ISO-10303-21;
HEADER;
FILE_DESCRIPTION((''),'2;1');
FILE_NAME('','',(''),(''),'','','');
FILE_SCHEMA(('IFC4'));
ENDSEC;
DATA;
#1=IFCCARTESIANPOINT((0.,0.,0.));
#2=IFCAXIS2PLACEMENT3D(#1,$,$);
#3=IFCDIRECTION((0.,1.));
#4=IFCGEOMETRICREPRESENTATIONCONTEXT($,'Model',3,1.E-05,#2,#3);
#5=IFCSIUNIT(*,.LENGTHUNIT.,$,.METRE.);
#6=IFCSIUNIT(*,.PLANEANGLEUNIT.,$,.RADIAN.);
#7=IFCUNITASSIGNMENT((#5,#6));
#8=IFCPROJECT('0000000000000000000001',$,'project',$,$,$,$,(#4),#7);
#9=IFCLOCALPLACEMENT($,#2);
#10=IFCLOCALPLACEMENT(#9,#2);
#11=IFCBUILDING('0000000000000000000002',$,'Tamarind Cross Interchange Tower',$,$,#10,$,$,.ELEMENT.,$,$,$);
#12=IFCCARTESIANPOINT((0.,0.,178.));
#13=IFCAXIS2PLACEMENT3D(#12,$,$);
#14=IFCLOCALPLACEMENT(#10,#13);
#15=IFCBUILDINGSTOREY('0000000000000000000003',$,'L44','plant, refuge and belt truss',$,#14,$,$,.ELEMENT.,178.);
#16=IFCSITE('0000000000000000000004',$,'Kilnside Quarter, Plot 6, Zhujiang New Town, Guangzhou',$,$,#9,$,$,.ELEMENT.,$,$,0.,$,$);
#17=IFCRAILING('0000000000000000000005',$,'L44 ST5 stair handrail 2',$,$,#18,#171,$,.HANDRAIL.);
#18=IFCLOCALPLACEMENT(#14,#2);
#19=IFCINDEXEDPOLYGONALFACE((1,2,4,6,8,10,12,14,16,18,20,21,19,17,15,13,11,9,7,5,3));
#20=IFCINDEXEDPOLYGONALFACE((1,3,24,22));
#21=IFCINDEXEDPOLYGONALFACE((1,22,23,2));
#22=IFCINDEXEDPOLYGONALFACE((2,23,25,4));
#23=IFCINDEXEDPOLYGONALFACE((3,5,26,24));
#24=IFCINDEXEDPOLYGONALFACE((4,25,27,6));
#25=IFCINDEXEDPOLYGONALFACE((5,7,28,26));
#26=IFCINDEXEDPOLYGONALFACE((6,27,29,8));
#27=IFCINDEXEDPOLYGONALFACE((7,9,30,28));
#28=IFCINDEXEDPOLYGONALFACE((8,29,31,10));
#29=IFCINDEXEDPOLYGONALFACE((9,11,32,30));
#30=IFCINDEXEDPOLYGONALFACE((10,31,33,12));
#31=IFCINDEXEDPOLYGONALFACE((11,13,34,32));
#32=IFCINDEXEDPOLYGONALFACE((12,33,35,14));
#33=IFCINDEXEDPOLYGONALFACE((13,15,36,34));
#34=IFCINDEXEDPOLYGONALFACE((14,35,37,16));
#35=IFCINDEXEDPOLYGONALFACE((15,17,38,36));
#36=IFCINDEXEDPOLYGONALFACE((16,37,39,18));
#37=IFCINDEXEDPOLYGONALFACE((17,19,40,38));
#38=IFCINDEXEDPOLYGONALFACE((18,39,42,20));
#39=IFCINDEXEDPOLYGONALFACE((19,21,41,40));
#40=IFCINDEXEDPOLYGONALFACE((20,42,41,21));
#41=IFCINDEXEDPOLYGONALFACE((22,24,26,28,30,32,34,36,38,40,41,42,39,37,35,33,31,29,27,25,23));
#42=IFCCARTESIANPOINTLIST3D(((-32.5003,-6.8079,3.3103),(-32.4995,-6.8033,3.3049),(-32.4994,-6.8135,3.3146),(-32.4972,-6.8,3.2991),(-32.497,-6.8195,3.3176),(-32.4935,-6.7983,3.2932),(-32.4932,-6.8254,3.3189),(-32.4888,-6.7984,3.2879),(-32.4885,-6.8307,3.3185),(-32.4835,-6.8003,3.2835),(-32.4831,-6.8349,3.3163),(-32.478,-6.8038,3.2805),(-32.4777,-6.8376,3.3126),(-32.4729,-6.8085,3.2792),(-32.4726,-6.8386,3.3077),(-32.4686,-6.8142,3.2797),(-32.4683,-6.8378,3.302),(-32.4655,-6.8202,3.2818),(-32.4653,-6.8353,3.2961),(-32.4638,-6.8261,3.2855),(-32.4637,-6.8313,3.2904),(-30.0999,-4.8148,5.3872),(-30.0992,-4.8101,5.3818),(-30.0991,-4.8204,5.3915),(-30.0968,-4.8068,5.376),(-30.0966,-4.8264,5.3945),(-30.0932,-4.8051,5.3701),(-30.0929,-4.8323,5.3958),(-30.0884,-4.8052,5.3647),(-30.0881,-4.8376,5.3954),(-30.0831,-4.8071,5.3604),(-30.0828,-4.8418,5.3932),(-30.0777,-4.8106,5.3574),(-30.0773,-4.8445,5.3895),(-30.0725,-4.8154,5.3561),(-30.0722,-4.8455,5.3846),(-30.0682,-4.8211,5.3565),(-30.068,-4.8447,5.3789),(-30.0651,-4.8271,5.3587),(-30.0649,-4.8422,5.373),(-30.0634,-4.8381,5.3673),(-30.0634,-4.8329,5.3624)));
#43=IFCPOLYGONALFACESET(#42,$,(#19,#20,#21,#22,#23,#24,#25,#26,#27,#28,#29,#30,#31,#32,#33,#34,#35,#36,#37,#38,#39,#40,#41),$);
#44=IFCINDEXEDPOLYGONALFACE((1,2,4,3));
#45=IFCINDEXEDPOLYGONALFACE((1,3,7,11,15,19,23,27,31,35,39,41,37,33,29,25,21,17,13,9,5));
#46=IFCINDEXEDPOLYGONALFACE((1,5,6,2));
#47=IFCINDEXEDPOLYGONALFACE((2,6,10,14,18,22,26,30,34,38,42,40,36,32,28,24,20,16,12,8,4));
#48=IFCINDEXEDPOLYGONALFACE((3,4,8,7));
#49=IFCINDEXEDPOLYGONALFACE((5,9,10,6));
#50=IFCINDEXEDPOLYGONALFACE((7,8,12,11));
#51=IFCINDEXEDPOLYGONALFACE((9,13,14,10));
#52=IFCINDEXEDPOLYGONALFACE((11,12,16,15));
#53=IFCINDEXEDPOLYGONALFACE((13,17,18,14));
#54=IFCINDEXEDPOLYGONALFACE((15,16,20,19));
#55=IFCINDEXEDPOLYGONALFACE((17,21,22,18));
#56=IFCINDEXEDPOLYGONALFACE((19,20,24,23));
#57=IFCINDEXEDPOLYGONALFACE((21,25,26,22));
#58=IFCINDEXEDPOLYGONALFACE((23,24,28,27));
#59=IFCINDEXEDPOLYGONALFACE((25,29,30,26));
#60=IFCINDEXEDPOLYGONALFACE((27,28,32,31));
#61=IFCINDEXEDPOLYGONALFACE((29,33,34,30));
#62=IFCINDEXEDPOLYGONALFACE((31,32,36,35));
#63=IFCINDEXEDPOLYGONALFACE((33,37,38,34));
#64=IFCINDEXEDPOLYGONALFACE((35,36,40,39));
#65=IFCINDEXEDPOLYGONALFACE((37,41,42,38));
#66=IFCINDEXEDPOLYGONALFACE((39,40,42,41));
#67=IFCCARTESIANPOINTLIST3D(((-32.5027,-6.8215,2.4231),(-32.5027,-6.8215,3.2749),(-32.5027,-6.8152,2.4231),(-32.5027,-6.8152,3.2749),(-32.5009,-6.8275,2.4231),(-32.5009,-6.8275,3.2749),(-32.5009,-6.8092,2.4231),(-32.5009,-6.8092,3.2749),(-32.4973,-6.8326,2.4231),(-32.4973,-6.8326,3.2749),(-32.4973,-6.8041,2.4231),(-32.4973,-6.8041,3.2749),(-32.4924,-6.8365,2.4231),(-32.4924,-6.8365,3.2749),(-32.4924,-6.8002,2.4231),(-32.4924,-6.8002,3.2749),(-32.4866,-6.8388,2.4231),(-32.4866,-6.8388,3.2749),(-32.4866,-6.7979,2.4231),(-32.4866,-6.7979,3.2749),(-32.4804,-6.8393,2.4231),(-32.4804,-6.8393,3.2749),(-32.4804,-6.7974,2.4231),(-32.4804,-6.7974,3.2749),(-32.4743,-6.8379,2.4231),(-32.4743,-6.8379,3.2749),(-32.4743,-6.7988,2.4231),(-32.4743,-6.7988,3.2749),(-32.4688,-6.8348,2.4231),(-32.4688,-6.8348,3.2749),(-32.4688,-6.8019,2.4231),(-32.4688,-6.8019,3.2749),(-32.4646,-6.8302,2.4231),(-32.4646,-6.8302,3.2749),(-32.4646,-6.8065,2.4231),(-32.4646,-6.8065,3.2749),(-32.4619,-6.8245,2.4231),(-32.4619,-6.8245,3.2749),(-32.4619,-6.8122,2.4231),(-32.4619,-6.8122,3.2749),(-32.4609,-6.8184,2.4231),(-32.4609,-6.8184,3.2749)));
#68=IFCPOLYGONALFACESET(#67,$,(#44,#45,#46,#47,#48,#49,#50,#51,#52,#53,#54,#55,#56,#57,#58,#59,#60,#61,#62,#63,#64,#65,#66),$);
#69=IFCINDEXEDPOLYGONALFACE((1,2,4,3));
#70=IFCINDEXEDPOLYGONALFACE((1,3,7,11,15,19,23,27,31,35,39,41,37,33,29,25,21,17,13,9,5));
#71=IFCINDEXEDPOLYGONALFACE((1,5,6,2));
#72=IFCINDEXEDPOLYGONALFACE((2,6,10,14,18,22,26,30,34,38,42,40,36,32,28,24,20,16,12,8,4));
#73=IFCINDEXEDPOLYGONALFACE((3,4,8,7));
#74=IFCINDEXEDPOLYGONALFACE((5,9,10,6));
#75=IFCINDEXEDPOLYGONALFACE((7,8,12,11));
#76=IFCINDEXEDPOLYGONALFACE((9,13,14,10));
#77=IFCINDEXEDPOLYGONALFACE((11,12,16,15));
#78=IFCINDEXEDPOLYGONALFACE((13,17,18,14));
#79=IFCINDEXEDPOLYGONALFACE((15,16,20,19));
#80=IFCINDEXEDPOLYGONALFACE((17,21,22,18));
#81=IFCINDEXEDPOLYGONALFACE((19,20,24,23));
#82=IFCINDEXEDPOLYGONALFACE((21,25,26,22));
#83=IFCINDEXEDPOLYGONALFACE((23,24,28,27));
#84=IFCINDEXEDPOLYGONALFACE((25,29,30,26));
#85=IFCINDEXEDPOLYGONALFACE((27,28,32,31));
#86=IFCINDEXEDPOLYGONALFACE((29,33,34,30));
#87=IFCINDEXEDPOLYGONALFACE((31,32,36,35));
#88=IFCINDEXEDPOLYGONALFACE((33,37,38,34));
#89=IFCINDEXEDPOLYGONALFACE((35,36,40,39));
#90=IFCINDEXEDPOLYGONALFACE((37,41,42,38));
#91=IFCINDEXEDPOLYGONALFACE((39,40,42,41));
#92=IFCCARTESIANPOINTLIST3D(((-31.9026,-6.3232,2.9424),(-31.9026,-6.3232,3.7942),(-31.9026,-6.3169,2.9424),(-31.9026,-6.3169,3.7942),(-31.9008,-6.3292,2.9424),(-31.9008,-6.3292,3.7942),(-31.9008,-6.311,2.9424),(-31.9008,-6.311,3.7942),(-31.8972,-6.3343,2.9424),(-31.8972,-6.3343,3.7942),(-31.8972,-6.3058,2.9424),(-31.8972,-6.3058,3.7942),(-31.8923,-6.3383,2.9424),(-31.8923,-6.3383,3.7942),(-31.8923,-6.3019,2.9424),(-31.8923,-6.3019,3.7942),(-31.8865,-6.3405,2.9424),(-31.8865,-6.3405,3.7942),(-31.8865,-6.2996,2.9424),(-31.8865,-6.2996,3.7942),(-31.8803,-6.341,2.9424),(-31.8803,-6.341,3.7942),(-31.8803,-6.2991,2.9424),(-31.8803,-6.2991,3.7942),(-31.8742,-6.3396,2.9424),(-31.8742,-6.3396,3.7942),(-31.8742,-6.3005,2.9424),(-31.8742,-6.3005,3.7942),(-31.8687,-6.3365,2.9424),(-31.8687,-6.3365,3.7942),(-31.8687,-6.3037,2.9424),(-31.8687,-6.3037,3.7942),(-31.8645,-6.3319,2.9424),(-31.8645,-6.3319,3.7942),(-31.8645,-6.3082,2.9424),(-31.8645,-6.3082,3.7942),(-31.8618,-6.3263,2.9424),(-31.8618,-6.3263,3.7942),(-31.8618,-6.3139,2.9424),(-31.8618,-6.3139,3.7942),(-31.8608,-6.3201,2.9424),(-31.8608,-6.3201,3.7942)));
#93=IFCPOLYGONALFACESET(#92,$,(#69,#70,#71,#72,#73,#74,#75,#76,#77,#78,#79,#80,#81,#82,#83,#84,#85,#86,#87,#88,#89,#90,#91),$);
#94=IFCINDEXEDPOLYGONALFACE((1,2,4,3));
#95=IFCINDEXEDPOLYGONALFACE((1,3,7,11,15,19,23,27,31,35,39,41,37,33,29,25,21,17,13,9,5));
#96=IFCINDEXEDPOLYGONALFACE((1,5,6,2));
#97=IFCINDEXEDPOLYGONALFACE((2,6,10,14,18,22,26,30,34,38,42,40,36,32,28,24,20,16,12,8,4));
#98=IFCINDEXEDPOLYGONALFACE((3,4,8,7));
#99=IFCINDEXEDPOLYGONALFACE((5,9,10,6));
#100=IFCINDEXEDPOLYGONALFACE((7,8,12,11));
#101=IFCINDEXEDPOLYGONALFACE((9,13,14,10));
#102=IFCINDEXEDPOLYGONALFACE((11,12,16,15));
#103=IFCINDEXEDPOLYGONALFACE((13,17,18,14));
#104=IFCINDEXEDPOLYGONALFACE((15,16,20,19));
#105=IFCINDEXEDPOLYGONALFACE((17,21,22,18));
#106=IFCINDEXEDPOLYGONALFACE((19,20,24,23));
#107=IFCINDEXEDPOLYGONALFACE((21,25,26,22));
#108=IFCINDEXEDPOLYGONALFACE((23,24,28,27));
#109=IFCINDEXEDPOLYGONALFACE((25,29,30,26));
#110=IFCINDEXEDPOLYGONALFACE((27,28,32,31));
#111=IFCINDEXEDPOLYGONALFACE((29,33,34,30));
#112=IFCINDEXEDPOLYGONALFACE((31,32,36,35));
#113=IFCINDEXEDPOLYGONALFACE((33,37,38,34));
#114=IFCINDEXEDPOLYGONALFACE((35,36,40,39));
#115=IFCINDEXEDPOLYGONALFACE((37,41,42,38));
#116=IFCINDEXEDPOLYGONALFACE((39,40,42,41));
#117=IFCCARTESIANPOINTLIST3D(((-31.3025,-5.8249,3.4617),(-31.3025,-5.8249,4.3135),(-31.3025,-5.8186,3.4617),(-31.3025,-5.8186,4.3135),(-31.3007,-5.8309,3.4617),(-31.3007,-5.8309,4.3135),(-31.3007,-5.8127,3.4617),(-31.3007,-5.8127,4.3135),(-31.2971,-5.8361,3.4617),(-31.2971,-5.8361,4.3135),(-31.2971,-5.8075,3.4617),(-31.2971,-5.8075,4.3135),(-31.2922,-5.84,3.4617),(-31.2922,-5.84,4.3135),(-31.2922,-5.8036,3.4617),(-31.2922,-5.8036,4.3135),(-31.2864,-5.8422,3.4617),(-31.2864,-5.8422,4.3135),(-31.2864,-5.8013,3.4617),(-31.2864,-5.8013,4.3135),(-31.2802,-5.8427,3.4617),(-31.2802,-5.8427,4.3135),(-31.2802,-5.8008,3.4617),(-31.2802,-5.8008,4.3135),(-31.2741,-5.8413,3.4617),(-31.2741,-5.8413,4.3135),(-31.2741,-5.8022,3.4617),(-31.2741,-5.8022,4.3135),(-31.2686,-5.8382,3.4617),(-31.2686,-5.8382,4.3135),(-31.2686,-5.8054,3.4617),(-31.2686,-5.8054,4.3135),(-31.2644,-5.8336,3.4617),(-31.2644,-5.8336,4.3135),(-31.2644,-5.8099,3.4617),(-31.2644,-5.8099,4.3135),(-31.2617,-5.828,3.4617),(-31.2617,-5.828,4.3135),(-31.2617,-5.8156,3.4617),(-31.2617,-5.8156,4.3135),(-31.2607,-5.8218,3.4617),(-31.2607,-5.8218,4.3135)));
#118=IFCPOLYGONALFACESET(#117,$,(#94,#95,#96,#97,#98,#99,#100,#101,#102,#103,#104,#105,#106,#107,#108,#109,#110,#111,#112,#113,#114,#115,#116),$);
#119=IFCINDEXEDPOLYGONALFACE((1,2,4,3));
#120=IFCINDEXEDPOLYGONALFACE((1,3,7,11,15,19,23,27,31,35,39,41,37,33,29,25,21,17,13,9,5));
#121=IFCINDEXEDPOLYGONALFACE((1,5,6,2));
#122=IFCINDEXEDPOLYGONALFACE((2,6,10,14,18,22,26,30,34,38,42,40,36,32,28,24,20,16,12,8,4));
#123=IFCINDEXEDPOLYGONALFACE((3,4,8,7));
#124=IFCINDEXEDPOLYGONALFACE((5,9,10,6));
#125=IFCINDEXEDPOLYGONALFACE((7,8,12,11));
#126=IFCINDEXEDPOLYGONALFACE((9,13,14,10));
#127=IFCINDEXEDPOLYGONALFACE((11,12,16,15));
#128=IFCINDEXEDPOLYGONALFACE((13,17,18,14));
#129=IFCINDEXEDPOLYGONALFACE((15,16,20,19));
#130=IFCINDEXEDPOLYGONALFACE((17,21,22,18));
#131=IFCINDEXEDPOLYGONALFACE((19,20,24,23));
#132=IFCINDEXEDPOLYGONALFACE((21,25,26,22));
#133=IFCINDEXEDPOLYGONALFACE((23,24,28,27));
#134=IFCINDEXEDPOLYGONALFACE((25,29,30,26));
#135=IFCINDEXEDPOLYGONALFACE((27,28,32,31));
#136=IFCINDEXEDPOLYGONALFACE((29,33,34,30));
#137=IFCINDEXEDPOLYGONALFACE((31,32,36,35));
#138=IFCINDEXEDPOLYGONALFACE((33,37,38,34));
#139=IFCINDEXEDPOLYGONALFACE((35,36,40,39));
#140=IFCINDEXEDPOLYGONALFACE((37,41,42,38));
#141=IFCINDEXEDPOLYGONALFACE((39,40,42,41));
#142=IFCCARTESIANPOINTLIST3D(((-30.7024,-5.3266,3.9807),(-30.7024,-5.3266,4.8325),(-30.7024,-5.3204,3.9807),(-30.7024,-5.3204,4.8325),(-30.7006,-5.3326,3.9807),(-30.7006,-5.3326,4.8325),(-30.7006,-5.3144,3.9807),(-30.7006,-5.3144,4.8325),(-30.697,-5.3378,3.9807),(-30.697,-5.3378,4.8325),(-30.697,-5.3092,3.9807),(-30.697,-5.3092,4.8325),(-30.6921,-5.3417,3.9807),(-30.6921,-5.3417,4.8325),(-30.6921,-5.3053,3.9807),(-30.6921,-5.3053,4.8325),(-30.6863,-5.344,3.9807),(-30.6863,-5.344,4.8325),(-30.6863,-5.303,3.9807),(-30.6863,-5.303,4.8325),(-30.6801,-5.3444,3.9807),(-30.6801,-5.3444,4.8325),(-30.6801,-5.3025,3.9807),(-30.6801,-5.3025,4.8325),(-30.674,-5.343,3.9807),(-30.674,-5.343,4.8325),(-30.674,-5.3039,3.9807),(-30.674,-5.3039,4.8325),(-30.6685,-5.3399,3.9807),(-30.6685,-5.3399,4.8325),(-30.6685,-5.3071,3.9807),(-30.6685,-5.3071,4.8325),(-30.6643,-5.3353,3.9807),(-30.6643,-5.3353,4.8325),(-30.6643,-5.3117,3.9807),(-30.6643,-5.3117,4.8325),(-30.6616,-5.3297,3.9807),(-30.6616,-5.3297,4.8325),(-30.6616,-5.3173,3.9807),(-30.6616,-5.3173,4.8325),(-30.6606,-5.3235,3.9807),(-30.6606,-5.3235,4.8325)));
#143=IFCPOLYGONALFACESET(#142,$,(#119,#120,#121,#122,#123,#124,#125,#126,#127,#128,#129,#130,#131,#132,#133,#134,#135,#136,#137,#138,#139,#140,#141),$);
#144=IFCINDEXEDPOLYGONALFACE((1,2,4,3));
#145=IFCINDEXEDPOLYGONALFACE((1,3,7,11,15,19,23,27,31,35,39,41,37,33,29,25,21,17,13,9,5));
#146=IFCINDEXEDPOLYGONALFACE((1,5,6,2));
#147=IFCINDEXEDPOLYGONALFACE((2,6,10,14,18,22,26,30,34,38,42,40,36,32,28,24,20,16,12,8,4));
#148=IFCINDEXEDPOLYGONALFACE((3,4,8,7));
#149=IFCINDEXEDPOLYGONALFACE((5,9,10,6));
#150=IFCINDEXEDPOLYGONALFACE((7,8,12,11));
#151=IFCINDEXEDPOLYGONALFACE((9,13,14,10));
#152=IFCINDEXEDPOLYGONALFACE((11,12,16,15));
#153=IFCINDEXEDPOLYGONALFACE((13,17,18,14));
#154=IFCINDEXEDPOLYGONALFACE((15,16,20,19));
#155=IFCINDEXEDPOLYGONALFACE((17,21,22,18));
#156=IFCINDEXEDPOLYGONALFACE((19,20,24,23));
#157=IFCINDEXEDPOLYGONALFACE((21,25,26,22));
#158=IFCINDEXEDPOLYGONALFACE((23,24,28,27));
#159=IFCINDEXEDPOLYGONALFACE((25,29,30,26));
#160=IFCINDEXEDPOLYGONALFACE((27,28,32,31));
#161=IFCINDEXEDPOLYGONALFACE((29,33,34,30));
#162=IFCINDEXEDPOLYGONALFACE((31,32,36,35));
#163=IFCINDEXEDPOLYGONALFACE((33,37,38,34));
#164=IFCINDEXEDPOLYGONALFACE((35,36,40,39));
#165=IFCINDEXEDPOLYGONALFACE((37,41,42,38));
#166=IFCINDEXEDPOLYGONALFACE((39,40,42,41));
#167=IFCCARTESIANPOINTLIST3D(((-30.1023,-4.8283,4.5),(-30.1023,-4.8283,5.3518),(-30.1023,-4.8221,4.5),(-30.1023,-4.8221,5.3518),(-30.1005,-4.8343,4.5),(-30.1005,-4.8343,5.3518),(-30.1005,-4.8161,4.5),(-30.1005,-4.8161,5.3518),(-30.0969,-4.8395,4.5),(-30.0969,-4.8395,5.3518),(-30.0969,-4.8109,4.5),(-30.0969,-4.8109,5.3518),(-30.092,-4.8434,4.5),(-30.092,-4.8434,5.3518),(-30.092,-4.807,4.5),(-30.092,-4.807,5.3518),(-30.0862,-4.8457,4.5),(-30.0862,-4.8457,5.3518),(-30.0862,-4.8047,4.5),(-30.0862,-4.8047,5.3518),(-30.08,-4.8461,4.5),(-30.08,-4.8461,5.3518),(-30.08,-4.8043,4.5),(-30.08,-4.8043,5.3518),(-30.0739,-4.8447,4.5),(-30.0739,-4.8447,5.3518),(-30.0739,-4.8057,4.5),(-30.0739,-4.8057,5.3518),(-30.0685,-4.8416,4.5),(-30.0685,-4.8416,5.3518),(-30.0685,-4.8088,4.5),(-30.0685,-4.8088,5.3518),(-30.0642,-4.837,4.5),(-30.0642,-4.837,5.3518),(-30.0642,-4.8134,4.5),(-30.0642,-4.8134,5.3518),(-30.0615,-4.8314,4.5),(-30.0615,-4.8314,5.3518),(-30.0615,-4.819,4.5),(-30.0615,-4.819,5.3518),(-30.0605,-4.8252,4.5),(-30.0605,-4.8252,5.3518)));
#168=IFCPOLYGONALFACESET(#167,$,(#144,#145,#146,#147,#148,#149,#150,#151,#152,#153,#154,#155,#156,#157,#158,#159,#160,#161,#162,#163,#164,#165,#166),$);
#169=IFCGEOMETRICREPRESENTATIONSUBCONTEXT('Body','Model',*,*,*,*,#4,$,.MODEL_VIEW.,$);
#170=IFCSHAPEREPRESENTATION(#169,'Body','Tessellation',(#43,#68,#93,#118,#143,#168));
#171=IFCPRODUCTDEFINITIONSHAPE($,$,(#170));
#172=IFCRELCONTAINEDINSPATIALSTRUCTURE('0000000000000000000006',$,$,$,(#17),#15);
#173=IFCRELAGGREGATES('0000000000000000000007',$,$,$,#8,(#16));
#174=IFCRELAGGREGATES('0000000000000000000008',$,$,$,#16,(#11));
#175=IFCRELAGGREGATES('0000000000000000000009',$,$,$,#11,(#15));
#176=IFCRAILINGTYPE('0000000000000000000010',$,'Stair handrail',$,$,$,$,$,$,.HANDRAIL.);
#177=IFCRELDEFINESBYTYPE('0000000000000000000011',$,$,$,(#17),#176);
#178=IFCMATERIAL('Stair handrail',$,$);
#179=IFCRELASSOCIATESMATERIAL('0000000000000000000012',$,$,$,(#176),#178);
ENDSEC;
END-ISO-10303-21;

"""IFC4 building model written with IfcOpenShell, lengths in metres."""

from ifc_helpers import new_model, si_unit, direction, frame, origin, origin_2d, place, context, subcontext, project, spatial, circle, extrude, material, type_object, element, save


model = new_model("IFC4")

# Units and contexts
model_context = context("Model", 3, precision=1e-05, world=origin(), true_north=direction((0.0, 1.0)))
body_context = subcontext(model_context, "Body", "Model", "MODEL_VIEW")
ifc_project = project(units=[si_unit("LENGTHUNIT", "METRE"), si_unit("PLANEANGLEUNIT", "RADIAN")], contexts=[model_context])

# Site, building, storey
site_placement = place(None, origin())
site = spatial("IfcSite", under=ifc_project, at=site_placement, Name="Kilnside Quarter, Plot 6, Zhujiang New Town, Guangzhou", CompositionType="ELEMENT", RefElevation=0.0)
building_placement = place(site_placement, origin())
building = spatial("IfcBuilding", under=site, at=building_placement, Name="Tamarind Cross Interchange Tower", CompositionType="ELEMENT")
storey_placement = place(building_placement, frame((0.0, 0.0, 178.0)))
storey = spatial("IfcBuildingStorey", under=building, at=storey_placement, Name="L44", Description="plant, refuge and belt truss", CompositionType="ELEMENT", Elevation=178.0)

# Railing
ifc_material_1 = material(Name="Stair handrail")
railing_type_1 = type_object("IfcRailingType", Name="Stair handrail", PredefinedType="HANDRAIL", material=ifc_material_1)
railing_1_placement = place(storey_placement, frame((-32.4819, -6.8184, 2.4231)))
element("IfcRailing", 1, at=railing_1_placement, inside=storey, type_object=railing_type_1, Name="L44 ST5 stair handrail 2", PredefinedType="HANDRAIL", context=body_context, shape_type="SweptSolid", body=[
    extrude(circle(Radius=0.0239, at=origin_2d()), frame((0.0, 0.0, 0.876), z_axis=(0.640432, 0.531783, 0.554125), x_axis=(-0.638829, 0.769349, 0.0)), (0.0, 0.0, 1.0), 3.748),
    extrude(circle(Radius=0.021, at=origin_2d()), origin(), (0.0, 0.0, 1.0), 0.8518),
    extrude(circle(Radius=0.021, at=origin_2d()), frame((0.6001, 0.4983, 0.5193)), (0.0, 0.0, 1.0), 0.8518),
    extrude(circle(Radius=0.021, at=origin_2d()), frame((1.2002, 0.9966, 1.0386)), (0.0, 0.0, 1.0), 0.8518),
    extrude(circle(Radius=0.021, at=origin_2d()), frame((1.8003, 1.4949, 1.5576)), (0.0, 0.0, 1.0), 0.8518),
    extrude(circle(Radius=0.021, at=origin_2d()), frame((2.4004, 1.9932, 2.0769)), (0.0, 0.0, 1.0), 0.8518),
])

save(model, "model.ifc")
